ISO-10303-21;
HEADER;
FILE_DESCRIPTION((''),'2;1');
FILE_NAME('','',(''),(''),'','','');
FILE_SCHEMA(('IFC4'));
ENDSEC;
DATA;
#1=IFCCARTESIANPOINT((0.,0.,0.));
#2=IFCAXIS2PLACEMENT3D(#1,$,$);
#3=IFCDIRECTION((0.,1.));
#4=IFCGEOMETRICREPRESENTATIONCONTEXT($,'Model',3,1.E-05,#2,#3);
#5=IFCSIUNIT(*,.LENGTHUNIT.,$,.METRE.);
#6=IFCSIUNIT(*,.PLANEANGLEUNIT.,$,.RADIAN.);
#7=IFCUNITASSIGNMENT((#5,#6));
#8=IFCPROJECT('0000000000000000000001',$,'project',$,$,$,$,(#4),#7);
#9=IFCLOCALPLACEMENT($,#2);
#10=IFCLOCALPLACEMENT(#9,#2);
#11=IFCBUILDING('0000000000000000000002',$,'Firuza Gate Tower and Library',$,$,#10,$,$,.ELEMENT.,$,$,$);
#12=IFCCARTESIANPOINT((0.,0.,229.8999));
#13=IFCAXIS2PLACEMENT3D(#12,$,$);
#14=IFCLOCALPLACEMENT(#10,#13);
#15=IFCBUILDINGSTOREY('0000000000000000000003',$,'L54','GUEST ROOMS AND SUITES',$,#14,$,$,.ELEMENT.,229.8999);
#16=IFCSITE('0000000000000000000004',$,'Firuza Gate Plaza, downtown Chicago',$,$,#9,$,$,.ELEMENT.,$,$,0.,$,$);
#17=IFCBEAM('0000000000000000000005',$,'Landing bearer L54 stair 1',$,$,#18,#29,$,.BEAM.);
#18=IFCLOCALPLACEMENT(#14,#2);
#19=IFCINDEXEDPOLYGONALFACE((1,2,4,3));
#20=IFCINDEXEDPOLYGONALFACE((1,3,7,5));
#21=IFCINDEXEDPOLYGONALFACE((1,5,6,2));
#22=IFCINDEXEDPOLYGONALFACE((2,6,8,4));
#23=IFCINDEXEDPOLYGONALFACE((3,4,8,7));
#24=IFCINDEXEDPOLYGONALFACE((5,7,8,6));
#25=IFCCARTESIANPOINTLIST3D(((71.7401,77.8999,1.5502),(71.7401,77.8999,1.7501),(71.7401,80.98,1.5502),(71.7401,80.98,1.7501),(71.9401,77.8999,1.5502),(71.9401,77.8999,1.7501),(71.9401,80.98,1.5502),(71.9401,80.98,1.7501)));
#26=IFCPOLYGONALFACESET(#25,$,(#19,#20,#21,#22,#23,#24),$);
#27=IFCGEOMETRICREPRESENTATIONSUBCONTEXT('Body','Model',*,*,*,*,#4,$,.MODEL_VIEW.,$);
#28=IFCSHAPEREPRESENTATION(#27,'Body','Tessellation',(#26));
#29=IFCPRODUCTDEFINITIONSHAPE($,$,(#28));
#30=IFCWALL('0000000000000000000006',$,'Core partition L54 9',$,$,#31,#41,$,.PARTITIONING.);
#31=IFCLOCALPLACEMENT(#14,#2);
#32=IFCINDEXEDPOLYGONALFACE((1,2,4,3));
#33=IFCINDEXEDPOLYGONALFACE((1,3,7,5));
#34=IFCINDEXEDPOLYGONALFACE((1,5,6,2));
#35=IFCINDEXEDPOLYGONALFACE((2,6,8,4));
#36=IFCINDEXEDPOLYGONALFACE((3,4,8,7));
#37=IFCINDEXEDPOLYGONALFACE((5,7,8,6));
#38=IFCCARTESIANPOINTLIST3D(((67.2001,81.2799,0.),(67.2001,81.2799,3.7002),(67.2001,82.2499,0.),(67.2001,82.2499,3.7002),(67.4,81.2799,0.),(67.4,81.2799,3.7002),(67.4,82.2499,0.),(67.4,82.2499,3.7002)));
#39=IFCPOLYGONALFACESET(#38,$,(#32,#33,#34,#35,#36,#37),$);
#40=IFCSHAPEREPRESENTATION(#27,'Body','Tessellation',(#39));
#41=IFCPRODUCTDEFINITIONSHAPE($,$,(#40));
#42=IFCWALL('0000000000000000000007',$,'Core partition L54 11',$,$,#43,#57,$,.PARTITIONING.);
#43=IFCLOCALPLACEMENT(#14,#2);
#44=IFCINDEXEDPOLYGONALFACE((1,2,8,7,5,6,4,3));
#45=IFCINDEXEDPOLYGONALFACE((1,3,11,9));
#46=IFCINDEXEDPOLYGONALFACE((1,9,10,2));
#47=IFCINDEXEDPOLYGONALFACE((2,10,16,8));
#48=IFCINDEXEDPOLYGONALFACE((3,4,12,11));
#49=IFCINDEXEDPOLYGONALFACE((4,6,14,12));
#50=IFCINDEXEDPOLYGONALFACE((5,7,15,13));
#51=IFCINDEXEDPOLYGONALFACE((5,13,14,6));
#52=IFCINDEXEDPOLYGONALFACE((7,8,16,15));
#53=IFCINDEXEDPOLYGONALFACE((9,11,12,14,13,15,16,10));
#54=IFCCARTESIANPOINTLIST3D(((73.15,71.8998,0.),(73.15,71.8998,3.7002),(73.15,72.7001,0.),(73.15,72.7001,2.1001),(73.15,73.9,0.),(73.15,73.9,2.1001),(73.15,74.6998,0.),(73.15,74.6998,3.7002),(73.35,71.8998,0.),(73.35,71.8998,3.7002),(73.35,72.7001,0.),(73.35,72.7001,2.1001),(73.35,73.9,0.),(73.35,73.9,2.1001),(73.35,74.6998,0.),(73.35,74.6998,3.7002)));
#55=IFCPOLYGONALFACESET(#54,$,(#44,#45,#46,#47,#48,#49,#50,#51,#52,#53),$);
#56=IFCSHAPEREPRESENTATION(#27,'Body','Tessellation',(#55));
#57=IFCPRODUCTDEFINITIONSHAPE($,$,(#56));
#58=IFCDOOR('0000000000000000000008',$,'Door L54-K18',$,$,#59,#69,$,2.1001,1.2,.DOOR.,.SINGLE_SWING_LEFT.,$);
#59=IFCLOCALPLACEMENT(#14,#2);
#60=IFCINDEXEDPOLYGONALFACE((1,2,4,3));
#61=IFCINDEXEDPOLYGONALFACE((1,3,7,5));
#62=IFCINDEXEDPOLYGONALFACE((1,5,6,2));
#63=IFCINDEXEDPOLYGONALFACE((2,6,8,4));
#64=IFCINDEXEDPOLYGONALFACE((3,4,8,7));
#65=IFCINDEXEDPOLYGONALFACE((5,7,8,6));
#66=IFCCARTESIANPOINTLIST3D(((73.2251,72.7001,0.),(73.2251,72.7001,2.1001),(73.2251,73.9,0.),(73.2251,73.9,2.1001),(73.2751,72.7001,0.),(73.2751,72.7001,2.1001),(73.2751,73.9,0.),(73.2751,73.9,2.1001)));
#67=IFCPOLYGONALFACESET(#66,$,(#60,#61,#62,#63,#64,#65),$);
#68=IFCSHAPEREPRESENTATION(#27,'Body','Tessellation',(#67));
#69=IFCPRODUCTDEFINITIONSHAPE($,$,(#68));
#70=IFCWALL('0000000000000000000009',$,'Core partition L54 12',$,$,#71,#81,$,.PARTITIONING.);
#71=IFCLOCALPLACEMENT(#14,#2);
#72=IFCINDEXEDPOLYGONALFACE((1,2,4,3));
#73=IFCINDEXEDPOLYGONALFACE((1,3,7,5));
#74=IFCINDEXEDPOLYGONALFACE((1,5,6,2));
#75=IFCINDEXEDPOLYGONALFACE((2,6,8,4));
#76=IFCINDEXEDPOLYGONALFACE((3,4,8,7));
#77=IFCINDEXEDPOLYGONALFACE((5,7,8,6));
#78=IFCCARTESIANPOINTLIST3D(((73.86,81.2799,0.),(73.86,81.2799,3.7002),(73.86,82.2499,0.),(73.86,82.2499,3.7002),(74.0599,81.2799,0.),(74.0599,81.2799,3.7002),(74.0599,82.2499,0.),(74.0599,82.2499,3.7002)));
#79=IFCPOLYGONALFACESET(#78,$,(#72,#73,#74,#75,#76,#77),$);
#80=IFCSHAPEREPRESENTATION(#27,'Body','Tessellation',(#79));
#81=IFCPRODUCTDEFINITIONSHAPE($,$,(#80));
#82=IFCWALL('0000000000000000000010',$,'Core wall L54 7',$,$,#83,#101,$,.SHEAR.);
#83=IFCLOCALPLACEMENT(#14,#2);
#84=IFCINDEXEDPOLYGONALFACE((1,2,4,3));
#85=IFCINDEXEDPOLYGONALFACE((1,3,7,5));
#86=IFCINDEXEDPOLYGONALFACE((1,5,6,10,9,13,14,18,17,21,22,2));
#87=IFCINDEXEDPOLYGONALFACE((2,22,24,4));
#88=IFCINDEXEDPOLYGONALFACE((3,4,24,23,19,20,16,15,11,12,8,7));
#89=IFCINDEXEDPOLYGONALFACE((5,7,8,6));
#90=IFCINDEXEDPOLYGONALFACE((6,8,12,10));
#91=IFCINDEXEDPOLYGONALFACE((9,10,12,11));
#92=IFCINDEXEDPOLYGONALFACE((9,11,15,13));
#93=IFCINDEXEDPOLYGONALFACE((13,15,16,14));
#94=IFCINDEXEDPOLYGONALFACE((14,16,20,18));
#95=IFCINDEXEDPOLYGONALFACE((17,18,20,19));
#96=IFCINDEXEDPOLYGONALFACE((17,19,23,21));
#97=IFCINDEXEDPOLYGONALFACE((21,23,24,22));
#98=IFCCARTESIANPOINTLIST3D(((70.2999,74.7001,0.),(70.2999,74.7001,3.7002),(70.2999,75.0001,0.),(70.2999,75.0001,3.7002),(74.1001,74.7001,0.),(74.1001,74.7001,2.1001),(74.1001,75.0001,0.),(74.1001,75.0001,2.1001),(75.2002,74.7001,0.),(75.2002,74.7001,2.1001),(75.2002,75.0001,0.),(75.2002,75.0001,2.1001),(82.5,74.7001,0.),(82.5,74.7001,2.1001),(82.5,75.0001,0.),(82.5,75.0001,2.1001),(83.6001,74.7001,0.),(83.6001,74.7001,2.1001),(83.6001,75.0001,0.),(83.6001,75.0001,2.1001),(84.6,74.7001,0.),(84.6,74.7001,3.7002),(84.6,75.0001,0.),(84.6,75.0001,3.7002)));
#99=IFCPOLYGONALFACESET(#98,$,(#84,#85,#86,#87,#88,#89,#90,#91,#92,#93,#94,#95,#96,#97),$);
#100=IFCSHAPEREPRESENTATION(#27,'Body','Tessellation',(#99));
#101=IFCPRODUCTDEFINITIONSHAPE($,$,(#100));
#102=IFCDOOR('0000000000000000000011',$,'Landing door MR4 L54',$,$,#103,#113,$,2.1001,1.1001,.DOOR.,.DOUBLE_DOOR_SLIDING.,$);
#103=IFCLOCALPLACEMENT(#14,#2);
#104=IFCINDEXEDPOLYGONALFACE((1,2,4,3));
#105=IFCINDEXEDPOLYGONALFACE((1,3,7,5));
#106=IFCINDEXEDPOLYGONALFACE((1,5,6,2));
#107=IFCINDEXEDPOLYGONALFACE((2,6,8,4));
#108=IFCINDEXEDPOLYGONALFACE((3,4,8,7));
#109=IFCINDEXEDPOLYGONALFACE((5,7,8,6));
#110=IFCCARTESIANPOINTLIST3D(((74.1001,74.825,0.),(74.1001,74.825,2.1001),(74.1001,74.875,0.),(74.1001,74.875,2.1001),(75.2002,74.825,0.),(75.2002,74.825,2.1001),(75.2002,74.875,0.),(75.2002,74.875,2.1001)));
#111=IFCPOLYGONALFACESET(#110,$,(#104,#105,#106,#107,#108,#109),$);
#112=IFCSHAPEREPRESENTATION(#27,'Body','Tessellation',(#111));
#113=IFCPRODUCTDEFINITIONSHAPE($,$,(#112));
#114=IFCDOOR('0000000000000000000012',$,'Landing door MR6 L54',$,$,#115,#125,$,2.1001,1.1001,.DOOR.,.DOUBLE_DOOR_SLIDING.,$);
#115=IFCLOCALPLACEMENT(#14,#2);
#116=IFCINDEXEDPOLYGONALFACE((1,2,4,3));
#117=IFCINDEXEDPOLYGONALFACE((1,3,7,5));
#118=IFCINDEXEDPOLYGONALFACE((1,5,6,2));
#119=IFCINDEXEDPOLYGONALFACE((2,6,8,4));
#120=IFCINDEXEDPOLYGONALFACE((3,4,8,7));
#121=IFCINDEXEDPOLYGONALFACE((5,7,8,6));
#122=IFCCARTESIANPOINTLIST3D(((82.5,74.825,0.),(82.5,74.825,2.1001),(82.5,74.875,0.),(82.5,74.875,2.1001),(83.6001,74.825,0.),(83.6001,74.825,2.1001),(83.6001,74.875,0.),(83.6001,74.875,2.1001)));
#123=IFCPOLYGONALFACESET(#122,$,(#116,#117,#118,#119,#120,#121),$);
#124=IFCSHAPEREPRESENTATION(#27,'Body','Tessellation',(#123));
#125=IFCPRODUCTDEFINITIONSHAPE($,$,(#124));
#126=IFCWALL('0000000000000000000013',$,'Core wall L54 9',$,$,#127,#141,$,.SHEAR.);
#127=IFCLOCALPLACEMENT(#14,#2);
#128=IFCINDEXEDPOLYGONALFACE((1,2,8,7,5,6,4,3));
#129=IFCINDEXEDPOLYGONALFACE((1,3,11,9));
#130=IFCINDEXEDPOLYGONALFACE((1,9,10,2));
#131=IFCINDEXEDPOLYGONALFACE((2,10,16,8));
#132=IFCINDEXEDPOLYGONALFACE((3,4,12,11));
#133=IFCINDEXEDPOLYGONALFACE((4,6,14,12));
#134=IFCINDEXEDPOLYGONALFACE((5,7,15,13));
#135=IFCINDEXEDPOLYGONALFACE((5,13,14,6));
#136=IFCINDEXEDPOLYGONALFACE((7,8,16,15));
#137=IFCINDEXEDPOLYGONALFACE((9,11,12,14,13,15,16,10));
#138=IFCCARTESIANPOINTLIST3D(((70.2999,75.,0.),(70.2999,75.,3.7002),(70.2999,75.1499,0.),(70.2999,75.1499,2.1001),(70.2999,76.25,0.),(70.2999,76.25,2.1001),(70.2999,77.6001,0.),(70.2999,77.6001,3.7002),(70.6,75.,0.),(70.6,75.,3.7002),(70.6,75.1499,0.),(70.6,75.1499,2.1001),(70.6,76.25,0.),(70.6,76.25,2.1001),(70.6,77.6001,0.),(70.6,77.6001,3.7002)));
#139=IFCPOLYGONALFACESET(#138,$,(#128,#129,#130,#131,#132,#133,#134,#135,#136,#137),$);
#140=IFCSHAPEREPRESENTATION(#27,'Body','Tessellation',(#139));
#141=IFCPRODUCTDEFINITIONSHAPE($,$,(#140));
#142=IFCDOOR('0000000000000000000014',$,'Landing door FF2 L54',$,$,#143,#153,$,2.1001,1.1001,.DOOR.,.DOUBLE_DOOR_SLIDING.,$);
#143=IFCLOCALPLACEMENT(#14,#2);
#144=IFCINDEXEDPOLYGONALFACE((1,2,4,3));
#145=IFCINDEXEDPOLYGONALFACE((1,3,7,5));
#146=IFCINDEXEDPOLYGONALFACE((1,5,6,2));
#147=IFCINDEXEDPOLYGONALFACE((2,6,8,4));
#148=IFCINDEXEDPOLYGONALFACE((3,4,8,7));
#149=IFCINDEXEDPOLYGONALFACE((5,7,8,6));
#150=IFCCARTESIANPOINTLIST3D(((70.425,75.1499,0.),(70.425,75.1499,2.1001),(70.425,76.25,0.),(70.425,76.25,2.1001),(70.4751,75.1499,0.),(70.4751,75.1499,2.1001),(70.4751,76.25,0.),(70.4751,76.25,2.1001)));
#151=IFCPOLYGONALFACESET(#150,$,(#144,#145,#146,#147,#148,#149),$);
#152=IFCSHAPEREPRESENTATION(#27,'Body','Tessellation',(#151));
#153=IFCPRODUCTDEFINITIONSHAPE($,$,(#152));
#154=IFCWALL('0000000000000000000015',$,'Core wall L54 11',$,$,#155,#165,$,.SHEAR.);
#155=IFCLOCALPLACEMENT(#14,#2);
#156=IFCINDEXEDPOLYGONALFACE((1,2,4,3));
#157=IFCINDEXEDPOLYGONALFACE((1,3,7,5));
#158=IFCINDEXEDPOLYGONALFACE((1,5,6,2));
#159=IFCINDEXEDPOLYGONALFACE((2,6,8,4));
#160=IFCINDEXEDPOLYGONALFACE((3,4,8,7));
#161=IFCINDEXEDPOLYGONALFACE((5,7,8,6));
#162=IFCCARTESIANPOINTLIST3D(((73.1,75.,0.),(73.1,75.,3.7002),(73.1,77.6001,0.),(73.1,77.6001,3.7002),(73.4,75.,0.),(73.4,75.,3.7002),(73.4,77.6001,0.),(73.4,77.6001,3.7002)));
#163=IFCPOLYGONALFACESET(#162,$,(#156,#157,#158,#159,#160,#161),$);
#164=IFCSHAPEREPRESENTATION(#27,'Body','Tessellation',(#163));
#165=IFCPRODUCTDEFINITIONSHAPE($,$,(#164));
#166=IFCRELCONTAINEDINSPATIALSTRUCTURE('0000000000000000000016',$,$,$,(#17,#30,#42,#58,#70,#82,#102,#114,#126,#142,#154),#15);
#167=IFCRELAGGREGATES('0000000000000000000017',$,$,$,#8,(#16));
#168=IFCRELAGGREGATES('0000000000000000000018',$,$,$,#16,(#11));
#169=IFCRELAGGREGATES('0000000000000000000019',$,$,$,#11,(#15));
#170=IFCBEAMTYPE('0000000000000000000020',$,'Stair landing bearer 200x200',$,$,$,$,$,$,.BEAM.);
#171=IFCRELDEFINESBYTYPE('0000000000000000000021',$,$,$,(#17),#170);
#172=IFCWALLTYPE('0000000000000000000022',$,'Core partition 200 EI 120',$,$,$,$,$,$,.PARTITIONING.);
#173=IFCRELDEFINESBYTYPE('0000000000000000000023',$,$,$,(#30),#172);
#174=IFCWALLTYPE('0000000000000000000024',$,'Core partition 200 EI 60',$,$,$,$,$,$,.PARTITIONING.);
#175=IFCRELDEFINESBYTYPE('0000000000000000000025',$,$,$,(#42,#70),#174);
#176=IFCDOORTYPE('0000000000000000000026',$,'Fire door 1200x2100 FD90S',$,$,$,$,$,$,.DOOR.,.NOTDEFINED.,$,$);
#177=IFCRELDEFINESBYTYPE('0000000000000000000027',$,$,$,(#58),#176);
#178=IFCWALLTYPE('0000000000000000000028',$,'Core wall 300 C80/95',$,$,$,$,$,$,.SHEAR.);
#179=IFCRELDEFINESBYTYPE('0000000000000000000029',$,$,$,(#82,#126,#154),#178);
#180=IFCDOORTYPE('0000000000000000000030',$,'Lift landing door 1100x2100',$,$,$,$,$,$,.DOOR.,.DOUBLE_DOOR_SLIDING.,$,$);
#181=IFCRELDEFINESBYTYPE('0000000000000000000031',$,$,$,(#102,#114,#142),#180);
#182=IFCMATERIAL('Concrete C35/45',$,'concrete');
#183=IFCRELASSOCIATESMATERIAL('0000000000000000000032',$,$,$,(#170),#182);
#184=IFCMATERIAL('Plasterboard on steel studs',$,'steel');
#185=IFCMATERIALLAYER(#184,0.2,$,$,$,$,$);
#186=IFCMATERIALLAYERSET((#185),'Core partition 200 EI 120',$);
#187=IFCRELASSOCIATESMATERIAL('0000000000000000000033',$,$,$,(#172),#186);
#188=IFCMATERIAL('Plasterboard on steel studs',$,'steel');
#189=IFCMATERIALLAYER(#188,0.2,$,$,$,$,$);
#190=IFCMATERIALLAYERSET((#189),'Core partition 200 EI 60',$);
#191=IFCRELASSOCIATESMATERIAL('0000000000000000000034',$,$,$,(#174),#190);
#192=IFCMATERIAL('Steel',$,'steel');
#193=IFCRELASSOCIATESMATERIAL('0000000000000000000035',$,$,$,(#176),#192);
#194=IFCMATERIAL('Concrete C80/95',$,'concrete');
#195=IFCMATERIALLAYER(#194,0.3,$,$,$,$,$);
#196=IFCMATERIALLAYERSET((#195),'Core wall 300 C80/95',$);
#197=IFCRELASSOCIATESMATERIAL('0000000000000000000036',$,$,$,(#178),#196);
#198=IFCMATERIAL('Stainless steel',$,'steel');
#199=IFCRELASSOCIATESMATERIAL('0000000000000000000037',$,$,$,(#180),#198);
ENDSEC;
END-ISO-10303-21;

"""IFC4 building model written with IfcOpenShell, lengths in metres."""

from ifc_helpers import new_model, si_unit, direction, frame, frame_2d, origin, origin_2d, place, context, subcontext, project, spatial, rectangle, extrude, material, layer, layer_set, material_profile, profile_set, type_object, element, fill, save


model = new_model("IFC4")

# Units and contexts
model_context = context("Model", 3, precision=1e-05, world=origin(), true_north=direction((0.0, 1.0)))
body_context = subcontext(model_context, "Body", "Model", "MODEL_VIEW")
ifc_project = project(units=[si_unit("LENGTHUNIT", "METRE"), si_unit("PLANEANGLEUNIT", "RADIAN")], contexts=[model_context])

# Site, building, storey
site_placement = place(None, origin())
site = spatial("IfcSite", under=ifc_project, at=site_placement, Name="Firuza Gate Plaza, downtown Chicago", CompositionType="ELEMENT", RefElevation=0.0)
building_placement = place(site_placement, origin())
building = spatial("IfcBuilding", under=site, at=building_placement, Name="Firuza Gate Tower and Library", CompositionType="ELEMENT")
storey_placement = place(building_placement, frame((0.0, 0.0, 229.8999)))
storey = spatial("IfcBuildingStorey", under=building, at=storey_placement, Name="L54", Description="GUEST ROOMS AND SUITES", CompositionType="ELEMENT", Elevation=229.8999)

# Beam
ifc_material_1 = material(Name="Concrete C35/45", Category="concrete")
ifc_material_profile = material_profile(ifc_material_1, rectangle(XDim=0.2, YDim=0.2, at=origin_2d()))
ifc_profile_set = profile_set([ifc_material_profile], Name="Concrete C35/45")
beam_type = type_object("IfcBeamType", Name="Stair landing bearer 200x200", PredefinedType="BEAM", material=ifc_profile_set)
beam_placement = place(storey_placement, frame((71.8401, 77.8999, 1.6501), z_axis=(0.0, 1.0, 0.0), x_axis=(-1.0, 0.0, 0.0)))
element("IfcBeam", 1, at=beam_placement, inside=storey, type_object=beam_type, Name="Landing bearer L54 stair 1", PredefinedType="BEAM", context=body_context, shape_type="SweptSolid", body=[
    extrude(rectangle(XDim=0.2, YDim=0.2, at=origin_2d()), origin(), (0.0, 0.0, 1.0), 3.0801),
])

# Wall
ifc_material_2 = material(Name="Plasterboard on steel studs", Category="steel")
ifc_layer_1 = layer(ifc_material_2, 0.2)
ifc_layer_set_1 = layer_set([ifc_layer_1], Name="Core partition 200 EI 120")
wall_type_1 = type_object("IfcWallType", Name="Core partition 200 EI 120", PredefinedType="PARTITIONING", material=ifc_layer_set_1)
wall_1_placement = place(storey_placement, frame((67.3, 81.28, 0.0), z_axis=(0.0, 0.0, 1.0), x_axis=(0.0, 1.0, 0.0)))
element("IfcWall", 2, at=wall_1_placement, inside=storey, type_object=wall_type_1, Name="Core partition L54 9", PredefinedType="PARTITIONING", context=body_context, shape_type="SweptSolid", body=[
    extrude(rectangle(XDim=0.97, YDim=0.2, at=frame_2d((0.4849, 0.0))), origin(), (0.0, 0.0, 1.0), 3.7002),
])

# Wall, opening, door
ifc_material_3 = material(Name="Plasterboard on steel studs", Category="steel")
ifc_layer_2 = layer(ifc_material_3, 0.2)
ifc_layer_set_2 = layer_set([ifc_layer_2], Name="Core partition 200 EI 60")
wall_type_2 = type_object("IfcWallType", Name="Core partition 200 EI 60", PredefinedType="PARTITIONING", material=ifc_layer_set_2)
wall_2_placement = place(storey_placement, frame((73.25, 71.8999, 0.0), z_axis=(0.0, 0.0, 1.0), x_axis=(0.0, 1.0, 0.0)))
wall_2 = element("IfcWall", 3, at=wall_2_placement, inside=storey, type_object=wall_type_2, Name="Core partition L54 11", PredefinedType="PARTITIONING", context=body_context, shape_type="SweptSolid", body=[
    extrude(rectangle(XDim=2.8, YDim=0.2, at=frame_2d((1.3999, 0.0))), origin(), (0.0, 0.0, 1.0), 3.7002),
])
opening_1_placement = place(wall_2_placement, frame((0.8, 0.0, 0.0)))
opening_1 = element("IfcOpeningElement", 4, at=opening_1_placement, cuts=wall_2, PredefinedType="OPENING", context=body_context, shape_type="SweptSolid", body=[
    extrude(rectangle(XDim=1.2, YDim=2.1001, at=frame_2d((0.6001, 1.05))), frame((0.0, 0.1099, 0.0), z_axis=(0.0, -1.0, 0.0), x_axis=(1.0, 0.0, 0.0)), (0.0, 0.0, 1.0), 0.22),
])
ifc_material_4 = material(Name="Steel", Category="steel")
door_type_1 = type_object("IfcDoorType", Name="Fire door 1200x2100 FD90S", OperationType="NOTDEFINED", PredefinedType="DOOR", material=ifc_material_4)
door_1_placement = place(opening_1_placement, origin())
door_1 = element("IfcDoor", 5, at=door_1_placement, inside=storey, type_object=door_type_1, Name="Door L54-K18", OperationType="SINGLE_SWING_LEFT", OverallHeight=2.1001, OverallWidth=1.2, PredefinedType="DOOR", context=body_context, shape_type="SweptSolid", body=[
    extrude(rectangle(XDim=1.2, YDim=2.1001, at=frame_2d((0.6001, 1.05))), frame((0.0, 0.0249, 0.0), z_axis=(0.0, -1.0, 0.0), x_axis=(1.0, 0.0, 0.0)), (0.0, 0.0, 1.0), 0.05),
])
fill(opening_1, door_1)

# Wall
wall_3_placement = place(storey_placement, frame((73.96, 81.28, 0.0), z_axis=(0.0, 0.0, 1.0), x_axis=(0.0, 1.0, 0.0)))
element("IfcWall", 6, at=wall_3_placement, inside=storey, type_object=wall_type_2, Name="Core partition L54 12", PredefinedType="PARTITIONING", context=body_context, shape_type="SweptSolid", body=[
    extrude(rectangle(XDim=0.97, YDim=0.2, at=frame_2d((0.4849, 0.0))), origin(), (0.0, 0.0, 1.0), 3.7002),
])

# Wall, openings, doors
ifc_material_5 = material(Name="Concrete C80/95", Category="concrete")
ifc_layer_3 = layer(ifc_material_5, 0.3)
ifc_layer_set_3 = layer_set([ifc_layer_3], Name="Core wall 300 C80/95")
wall_type_3 = type_object("IfcWallType", Name="Core wall 300 C80/95", PredefinedType="SHEAR", material=ifc_layer_set_3)
wall_4_placement = place(storey_placement, frame((70.3, 74.8501, 0.0), z_axis=(0.0, 0.0, 1.0), x_axis=(1.0, 0.0, 0.0)))
wall_4 = element("IfcWall", 7, at=wall_4_placement, inside=storey, type_object=wall_type_3, Name="Core wall L54 7", PredefinedType="SHEAR", context=body_context, shape_type="SweptSolid", body=[
    extrude(rectangle(XDim=14.3, YDim=0.3, at=frame_2d((7.1499, 0.0))), origin(), (0.0, 0.0, 1.0), 3.7002),
])
opening_2_placement = place(wall_4_placement, frame((3.8, 0.0, 0.0)))
opening_2 = element("IfcOpeningElement", 8, at=opening_2_placement, cuts=wall_4, PredefinedType="OPENING", context=body_context, shape_type="SweptSolid", body=[
    extrude(rectangle(XDim=1.1001, YDim=2.1001, at=frame_2d((0.55, 1.05))), frame((0.0, 0.1602, 0.0), z_axis=(0.0, -1.0, 0.0), x_axis=(1.0, 0.0, 0.0)), (0.0, 0.0, 1.0), 0.3201),
])
opening_3_placement = place(wall_4_placement, frame((12.2, 0.0, 0.0)))
opening_3 = element("IfcOpeningElement", 9, at=opening_3_placement, cuts=wall_4, PredefinedType="OPENING", context=body_context, shape_type="SweptSolid", body=[
    extrude(rectangle(XDim=1.1001, YDim=2.1001, at=frame_2d((0.55, 1.05))), frame((0.0, 0.1602, 0.0), z_axis=(0.0, -1.0, 0.0), x_axis=(1.0, 0.0, 0.0)), (0.0, 0.0, 1.0), 0.3201),
])
ifc_material_6 = material(Name="Stainless steel", Category="steel")
door_type_2 = type_object("IfcDoorType", Name="Lift landing door 1100x2100", OperationType="DOUBLE_DOOR_SLIDING", PredefinedType="DOOR", material=ifc_material_6)
door_2_placement = place(opening_2_placement, origin())
door_2 = element("IfcDoor", 10, at=door_2_placement, inside=storey, type_object=door_type_2, Name="Landing door MR4 L54", OperationType="DOUBLE_DOOR_SLIDING", OverallHeight=2.1001, OverallWidth=1.1001, PredefinedType="DOOR", context=body_context, shape_type="SweptSolid", body=[
    extrude(rectangle(XDim=1.1001, YDim=2.1001, at=frame_2d((0.55, 1.05))), frame((0.0, 0.0249, 0.0), z_axis=(0.0, -1.0, 0.0), x_axis=(1.0, 0.0, 0.0)), (0.0, 0.0, 1.0), 0.05),
])
fill(opening_2, door_2)
door_3_placement = place(opening_3_placement, origin())
door_3 = element("IfcDoor", 11, at=door_3_placement, inside=storey, type_object=door_type_2, Name="Landing door MR6 L54", OperationType="DOUBLE_DOOR_SLIDING", OverallHeight=2.1001, OverallWidth=1.1001, PredefinedType="DOOR", context=body_context, shape_type="SweptSolid", body=[
    extrude(rectangle(XDim=1.1001, YDim=2.1001, at=frame_2d((0.55, 1.05))), frame((0.0, 0.0249, 0.0), z_axis=(0.0, -1.0, 0.0), x_axis=(1.0, 0.0, 0.0)), (0.0, 0.0, 1.0), 0.05),
])
fill(opening_3, door_3)

# Wall, opening, door
wall_5_placement = place(storey_placement, frame((70.45, 75.0, 0.0), z_axis=(0.0, 0.0, 1.0), x_axis=(0.0, 1.0, 0.0)))
wall_5 = element("IfcWall", 12, at=wall_5_placement, inside=storey, type_object=wall_type_3, Name="Core wall L54 9", PredefinedType="SHEAR", context=body_context, shape_type="SweptSolid", body=[
    extrude(rectangle(XDim=2.6001, YDim=0.3, at=frame_2d((1.3, 0.0))), origin(), (0.0, 0.0, 1.0), 3.7002),
])
opening_4_placement = place(wall_5_placement, frame((0.1499, 0.0, 0.0)))
opening_4 = element("IfcOpeningElement", 13, at=opening_4_placement, cuts=wall_5, PredefinedType="OPENING", context=body_context, shape_type="SweptSolid", body=[
    extrude(rectangle(XDim=1.1001, YDim=2.1001, at=frame_2d((0.55, 1.05))), frame((0.0, 0.1602, 0.0), z_axis=(0.0, -1.0, 0.0), x_axis=(1.0, 0.0, 0.0)), (0.0, 0.0, 1.0), 0.3201),
])
door_4_placement = place(opening_4_placement, origin())
door_4 = element("IfcDoor", 14, at=door_4_placement, inside=storey, type_object=door_type_2, Name="Landing door FF2 L54", OperationType="DOUBLE_DOOR_SLIDING", OverallHeight=2.1001, OverallWidth=1.1001, PredefinedType="DOOR", context=body_context, shape_type="SweptSolid", body=[
    extrude(rectangle(XDim=1.1001, YDim=2.1001, at=frame_2d((0.55, 1.05))), frame((0.0, 0.0249, 0.0), z_axis=(0.0, -1.0, 0.0), x_axis=(1.0, 0.0, 0.0)), (0.0, 0.0, 1.0), 0.05),
])
fill(opening_4, door_4)

# Wall
wall_6_placement = place(storey_placement, frame((73.25, 75.0, 0.0), z_axis=(0.0, 0.0, 1.0), x_axis=(0.0, 1.0, 0.0)))
element("IfcWall", 15, at=wall_6_placement, inside=storey, type_object=wall_type_3, Name="Core wall L54 11", PredefinedType="SHEAR", context=body_context, shape_type="SweptSolid", body=[
    extrude(rectangle(XDim=2.6001, YDim=0.3, at=frame_2d((1.3, 0.0))), origin(), (0.0, 0.0, 1.0), 3.7002),
])

save(model, "model.ifc")
